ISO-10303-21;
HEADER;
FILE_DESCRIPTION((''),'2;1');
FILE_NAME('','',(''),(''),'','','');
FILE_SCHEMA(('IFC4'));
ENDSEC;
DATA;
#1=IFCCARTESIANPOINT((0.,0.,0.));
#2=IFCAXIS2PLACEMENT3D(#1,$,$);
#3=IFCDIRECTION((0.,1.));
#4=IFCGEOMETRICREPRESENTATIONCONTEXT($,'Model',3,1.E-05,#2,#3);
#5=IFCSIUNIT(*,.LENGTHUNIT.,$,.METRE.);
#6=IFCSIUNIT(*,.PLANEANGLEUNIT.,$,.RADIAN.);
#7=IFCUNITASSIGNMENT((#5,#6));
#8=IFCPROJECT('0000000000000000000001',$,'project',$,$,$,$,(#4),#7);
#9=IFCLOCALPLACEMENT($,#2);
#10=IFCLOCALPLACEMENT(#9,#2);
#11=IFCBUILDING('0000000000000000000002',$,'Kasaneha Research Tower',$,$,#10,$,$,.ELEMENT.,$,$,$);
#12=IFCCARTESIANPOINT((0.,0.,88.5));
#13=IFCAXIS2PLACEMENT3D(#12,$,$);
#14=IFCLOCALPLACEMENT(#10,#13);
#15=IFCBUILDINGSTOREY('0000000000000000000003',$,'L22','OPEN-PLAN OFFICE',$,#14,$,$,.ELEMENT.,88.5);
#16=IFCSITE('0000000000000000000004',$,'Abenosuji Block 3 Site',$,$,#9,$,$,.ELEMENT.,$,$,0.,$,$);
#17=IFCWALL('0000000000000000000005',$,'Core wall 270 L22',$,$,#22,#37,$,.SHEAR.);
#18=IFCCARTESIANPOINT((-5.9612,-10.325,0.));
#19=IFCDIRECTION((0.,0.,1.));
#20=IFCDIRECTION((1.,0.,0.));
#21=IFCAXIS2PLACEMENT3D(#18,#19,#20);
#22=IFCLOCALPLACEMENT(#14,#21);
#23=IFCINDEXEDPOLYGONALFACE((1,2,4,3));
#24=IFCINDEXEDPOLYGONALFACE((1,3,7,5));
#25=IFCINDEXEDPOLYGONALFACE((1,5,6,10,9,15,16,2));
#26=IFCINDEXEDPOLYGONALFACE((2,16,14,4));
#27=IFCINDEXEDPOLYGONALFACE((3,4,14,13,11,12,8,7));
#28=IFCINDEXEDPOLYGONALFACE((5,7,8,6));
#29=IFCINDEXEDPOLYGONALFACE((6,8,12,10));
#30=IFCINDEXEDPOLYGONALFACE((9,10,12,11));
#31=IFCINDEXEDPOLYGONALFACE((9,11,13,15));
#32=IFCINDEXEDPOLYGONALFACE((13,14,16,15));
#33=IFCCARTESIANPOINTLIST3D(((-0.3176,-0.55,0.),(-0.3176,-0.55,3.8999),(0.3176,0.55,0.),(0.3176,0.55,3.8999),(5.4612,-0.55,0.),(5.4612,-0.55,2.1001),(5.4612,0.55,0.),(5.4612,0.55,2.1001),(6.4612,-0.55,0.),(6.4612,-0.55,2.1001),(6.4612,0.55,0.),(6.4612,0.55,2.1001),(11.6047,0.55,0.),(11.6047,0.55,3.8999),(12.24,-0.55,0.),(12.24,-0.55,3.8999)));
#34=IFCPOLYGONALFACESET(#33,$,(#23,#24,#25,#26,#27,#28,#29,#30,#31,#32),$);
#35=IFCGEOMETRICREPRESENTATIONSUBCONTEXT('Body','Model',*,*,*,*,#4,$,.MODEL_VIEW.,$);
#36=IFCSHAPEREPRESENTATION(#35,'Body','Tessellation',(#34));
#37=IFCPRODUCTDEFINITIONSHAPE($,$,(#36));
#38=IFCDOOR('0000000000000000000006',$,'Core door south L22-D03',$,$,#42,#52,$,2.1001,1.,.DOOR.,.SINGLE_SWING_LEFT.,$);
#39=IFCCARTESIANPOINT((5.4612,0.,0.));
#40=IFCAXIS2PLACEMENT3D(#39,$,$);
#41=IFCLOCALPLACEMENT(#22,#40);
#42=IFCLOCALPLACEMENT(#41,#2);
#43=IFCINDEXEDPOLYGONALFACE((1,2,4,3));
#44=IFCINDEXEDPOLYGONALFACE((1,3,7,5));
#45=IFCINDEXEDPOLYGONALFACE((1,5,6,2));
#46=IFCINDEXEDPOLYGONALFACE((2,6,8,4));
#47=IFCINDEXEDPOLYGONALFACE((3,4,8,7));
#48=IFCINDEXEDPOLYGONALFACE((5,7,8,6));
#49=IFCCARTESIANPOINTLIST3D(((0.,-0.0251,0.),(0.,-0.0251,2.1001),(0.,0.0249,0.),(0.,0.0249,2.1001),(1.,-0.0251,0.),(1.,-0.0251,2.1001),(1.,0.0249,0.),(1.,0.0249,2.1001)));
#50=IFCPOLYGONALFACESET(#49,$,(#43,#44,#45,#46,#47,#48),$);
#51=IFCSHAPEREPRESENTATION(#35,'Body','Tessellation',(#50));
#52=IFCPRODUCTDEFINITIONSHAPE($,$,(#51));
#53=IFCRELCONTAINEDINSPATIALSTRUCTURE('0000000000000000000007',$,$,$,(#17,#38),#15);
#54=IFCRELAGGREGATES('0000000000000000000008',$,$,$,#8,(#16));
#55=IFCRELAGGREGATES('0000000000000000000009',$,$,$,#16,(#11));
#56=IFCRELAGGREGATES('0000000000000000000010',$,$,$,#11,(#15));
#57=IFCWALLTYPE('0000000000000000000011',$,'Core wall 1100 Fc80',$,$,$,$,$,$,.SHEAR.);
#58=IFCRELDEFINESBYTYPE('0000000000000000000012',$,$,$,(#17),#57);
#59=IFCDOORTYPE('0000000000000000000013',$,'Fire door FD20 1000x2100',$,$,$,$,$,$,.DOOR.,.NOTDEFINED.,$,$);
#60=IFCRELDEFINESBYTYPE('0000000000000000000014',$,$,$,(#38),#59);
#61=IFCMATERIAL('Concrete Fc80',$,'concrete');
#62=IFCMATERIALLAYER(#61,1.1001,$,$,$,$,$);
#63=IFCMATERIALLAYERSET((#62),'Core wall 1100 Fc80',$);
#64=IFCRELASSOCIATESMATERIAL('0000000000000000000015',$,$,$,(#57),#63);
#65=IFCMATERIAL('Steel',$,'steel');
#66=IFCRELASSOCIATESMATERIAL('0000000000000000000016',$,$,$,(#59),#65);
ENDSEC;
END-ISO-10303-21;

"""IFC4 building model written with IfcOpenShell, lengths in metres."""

from ifc_helpers import new_model, si_unit, direction, frame, frame_2d, origin, place, context, subcontext, project, spatial, polyline, rectangle, outline, extrude, material, layer, layer_set, type_object, element, fill, save


model = new_model("IFC4")

# Units and contexts
model_context = context("Model", 3, precision=1e-05, world=origin(), true_north=direction((0.0, 1.0)))
body_context = subcontext(model_context, "Body", "Model", "MODEL_VIEW")
ifc_project = project(units=[si_unit("LENGTHUNIT", "METRE"), si_unit("PLANEANGLEUNIT", "RADIAN")], contexts=[model_context])

# Site, building, storey
site_placement = place(None, origin())
site = spatial("IfcSite", under=ifc_project, at=site_placement, Name="Abenosuji Block 3 Site", CompositionType="ELEMENT", RefElevation=0.0)
building_placement = place(site_placement, origin())
building = spatial("IfcBuilding", under=site, at=building_placement, Name="Kasaneha Research Tower", CompositionType="ELEMENT")
storey_placement = place(building_placement, frame((0.0, 0.0, 88.5)))
storey = spatial("IfcBuildingStorey", under=building, at=storey_placement, Name="L22", Description="OPEN-PLAN OFFICE", CompositionType="ELEMENT", Elevation=88.5)

# Wall, opening, door
ifc_material_1 = material(Name="Concrete Fc80", Category="concrete")
ifc_layer_1 = layer(ifc_material_1, 1.1001)
ifc_layer_set_1 = layer_set([ifc_layer_1], Name="Core wall 1100 Fc80")
wall_type_1 = type_object("IfcWallType", Name="Core wall 1100 Fc80", PredefinedType="SHEAR", material=ifc_layer_set_1)
wall_1_placement = place(storey_placement, frame((-5.9612, -10.325, 0.0), z_axis=(0.0, 0.0, 1.0), x_axis=(1.0, 0.0, 0.0)))
wall_1 = element("IfcWall", 1, at=wall_1_placement, inside=storey, type_object=wall_type_1, Name="Core wall 270 L22", PredefinedType="SHEAR", context=body_context, shape_type="SweptSolid", body=[
    extrude(outline(polyline([(-0.3176, -0.55), (5.4612, -0.55), (6.4612, -0.55), (12.24, -0.55), (11.6047, 0.55), (6.4612, 0.55), (5.4612, 0.55), (0.3176, 0.55), (-0.3176, -0.55)])), origin(), (0.0, 0.0, 1.0), 3.8999),
])
opening_1_placement = place(wall_1_placement, frame((5.4612, 0.0, 0.0)))
opening_1 = element("IfcOpeningElement", 2, at=opening_1_placement, cuts=wall_1, PredefinedType="OPENING", context=body_context, shape_type="SweptSolid", body=[
    extrude(rectangle(XDim=1.0, YDim=2.1001, at=frame_2d((0.5, 1.05))), frame((0.0, 0.5601, 0.0), z_axis=(0.0, -1.0, 0.0), x_axis=(1.0, 0.0, 0.0)), (0.0, 0.0, 1.0), 1.1201),
])
ifc_material_2 = material(Name="Steel", Category="steel")
door_type_1 = type_object("IfcDoorType", Name="Fire door FD20 1000x2100", OperationType="NOTDEFINED", PredefinedType="DOOR", material=ifc_material_2)
door_1_placement = place(opening_1_placement, origin())
door_1 = element("IfcDoor", 3, at=door_1_placement, inside=storey, type_object=door_type_1, Name="Core door south L22-D03", OperationType="SINGLE_SWING_LEFT", OverallHeight=2.1001, OverallWidth=1.0, PredefinedType="DOOR", context=body_context, shape_type="SweptSolid", body=[
    extrude(rectangle(XDim=1.0, YDim=2.1001, at=frame_2d((0.5, 1.05))), frame((0.0, 0.0249, 0.0), z_axis=(0.0, -1.0, 0.0), x_axis=(1.0, 0.0, 0.0)), (0.0, 0.0, 1.0), 0.05),
])
fill(opening_1, door_1)

save(model, "model.ifc")
